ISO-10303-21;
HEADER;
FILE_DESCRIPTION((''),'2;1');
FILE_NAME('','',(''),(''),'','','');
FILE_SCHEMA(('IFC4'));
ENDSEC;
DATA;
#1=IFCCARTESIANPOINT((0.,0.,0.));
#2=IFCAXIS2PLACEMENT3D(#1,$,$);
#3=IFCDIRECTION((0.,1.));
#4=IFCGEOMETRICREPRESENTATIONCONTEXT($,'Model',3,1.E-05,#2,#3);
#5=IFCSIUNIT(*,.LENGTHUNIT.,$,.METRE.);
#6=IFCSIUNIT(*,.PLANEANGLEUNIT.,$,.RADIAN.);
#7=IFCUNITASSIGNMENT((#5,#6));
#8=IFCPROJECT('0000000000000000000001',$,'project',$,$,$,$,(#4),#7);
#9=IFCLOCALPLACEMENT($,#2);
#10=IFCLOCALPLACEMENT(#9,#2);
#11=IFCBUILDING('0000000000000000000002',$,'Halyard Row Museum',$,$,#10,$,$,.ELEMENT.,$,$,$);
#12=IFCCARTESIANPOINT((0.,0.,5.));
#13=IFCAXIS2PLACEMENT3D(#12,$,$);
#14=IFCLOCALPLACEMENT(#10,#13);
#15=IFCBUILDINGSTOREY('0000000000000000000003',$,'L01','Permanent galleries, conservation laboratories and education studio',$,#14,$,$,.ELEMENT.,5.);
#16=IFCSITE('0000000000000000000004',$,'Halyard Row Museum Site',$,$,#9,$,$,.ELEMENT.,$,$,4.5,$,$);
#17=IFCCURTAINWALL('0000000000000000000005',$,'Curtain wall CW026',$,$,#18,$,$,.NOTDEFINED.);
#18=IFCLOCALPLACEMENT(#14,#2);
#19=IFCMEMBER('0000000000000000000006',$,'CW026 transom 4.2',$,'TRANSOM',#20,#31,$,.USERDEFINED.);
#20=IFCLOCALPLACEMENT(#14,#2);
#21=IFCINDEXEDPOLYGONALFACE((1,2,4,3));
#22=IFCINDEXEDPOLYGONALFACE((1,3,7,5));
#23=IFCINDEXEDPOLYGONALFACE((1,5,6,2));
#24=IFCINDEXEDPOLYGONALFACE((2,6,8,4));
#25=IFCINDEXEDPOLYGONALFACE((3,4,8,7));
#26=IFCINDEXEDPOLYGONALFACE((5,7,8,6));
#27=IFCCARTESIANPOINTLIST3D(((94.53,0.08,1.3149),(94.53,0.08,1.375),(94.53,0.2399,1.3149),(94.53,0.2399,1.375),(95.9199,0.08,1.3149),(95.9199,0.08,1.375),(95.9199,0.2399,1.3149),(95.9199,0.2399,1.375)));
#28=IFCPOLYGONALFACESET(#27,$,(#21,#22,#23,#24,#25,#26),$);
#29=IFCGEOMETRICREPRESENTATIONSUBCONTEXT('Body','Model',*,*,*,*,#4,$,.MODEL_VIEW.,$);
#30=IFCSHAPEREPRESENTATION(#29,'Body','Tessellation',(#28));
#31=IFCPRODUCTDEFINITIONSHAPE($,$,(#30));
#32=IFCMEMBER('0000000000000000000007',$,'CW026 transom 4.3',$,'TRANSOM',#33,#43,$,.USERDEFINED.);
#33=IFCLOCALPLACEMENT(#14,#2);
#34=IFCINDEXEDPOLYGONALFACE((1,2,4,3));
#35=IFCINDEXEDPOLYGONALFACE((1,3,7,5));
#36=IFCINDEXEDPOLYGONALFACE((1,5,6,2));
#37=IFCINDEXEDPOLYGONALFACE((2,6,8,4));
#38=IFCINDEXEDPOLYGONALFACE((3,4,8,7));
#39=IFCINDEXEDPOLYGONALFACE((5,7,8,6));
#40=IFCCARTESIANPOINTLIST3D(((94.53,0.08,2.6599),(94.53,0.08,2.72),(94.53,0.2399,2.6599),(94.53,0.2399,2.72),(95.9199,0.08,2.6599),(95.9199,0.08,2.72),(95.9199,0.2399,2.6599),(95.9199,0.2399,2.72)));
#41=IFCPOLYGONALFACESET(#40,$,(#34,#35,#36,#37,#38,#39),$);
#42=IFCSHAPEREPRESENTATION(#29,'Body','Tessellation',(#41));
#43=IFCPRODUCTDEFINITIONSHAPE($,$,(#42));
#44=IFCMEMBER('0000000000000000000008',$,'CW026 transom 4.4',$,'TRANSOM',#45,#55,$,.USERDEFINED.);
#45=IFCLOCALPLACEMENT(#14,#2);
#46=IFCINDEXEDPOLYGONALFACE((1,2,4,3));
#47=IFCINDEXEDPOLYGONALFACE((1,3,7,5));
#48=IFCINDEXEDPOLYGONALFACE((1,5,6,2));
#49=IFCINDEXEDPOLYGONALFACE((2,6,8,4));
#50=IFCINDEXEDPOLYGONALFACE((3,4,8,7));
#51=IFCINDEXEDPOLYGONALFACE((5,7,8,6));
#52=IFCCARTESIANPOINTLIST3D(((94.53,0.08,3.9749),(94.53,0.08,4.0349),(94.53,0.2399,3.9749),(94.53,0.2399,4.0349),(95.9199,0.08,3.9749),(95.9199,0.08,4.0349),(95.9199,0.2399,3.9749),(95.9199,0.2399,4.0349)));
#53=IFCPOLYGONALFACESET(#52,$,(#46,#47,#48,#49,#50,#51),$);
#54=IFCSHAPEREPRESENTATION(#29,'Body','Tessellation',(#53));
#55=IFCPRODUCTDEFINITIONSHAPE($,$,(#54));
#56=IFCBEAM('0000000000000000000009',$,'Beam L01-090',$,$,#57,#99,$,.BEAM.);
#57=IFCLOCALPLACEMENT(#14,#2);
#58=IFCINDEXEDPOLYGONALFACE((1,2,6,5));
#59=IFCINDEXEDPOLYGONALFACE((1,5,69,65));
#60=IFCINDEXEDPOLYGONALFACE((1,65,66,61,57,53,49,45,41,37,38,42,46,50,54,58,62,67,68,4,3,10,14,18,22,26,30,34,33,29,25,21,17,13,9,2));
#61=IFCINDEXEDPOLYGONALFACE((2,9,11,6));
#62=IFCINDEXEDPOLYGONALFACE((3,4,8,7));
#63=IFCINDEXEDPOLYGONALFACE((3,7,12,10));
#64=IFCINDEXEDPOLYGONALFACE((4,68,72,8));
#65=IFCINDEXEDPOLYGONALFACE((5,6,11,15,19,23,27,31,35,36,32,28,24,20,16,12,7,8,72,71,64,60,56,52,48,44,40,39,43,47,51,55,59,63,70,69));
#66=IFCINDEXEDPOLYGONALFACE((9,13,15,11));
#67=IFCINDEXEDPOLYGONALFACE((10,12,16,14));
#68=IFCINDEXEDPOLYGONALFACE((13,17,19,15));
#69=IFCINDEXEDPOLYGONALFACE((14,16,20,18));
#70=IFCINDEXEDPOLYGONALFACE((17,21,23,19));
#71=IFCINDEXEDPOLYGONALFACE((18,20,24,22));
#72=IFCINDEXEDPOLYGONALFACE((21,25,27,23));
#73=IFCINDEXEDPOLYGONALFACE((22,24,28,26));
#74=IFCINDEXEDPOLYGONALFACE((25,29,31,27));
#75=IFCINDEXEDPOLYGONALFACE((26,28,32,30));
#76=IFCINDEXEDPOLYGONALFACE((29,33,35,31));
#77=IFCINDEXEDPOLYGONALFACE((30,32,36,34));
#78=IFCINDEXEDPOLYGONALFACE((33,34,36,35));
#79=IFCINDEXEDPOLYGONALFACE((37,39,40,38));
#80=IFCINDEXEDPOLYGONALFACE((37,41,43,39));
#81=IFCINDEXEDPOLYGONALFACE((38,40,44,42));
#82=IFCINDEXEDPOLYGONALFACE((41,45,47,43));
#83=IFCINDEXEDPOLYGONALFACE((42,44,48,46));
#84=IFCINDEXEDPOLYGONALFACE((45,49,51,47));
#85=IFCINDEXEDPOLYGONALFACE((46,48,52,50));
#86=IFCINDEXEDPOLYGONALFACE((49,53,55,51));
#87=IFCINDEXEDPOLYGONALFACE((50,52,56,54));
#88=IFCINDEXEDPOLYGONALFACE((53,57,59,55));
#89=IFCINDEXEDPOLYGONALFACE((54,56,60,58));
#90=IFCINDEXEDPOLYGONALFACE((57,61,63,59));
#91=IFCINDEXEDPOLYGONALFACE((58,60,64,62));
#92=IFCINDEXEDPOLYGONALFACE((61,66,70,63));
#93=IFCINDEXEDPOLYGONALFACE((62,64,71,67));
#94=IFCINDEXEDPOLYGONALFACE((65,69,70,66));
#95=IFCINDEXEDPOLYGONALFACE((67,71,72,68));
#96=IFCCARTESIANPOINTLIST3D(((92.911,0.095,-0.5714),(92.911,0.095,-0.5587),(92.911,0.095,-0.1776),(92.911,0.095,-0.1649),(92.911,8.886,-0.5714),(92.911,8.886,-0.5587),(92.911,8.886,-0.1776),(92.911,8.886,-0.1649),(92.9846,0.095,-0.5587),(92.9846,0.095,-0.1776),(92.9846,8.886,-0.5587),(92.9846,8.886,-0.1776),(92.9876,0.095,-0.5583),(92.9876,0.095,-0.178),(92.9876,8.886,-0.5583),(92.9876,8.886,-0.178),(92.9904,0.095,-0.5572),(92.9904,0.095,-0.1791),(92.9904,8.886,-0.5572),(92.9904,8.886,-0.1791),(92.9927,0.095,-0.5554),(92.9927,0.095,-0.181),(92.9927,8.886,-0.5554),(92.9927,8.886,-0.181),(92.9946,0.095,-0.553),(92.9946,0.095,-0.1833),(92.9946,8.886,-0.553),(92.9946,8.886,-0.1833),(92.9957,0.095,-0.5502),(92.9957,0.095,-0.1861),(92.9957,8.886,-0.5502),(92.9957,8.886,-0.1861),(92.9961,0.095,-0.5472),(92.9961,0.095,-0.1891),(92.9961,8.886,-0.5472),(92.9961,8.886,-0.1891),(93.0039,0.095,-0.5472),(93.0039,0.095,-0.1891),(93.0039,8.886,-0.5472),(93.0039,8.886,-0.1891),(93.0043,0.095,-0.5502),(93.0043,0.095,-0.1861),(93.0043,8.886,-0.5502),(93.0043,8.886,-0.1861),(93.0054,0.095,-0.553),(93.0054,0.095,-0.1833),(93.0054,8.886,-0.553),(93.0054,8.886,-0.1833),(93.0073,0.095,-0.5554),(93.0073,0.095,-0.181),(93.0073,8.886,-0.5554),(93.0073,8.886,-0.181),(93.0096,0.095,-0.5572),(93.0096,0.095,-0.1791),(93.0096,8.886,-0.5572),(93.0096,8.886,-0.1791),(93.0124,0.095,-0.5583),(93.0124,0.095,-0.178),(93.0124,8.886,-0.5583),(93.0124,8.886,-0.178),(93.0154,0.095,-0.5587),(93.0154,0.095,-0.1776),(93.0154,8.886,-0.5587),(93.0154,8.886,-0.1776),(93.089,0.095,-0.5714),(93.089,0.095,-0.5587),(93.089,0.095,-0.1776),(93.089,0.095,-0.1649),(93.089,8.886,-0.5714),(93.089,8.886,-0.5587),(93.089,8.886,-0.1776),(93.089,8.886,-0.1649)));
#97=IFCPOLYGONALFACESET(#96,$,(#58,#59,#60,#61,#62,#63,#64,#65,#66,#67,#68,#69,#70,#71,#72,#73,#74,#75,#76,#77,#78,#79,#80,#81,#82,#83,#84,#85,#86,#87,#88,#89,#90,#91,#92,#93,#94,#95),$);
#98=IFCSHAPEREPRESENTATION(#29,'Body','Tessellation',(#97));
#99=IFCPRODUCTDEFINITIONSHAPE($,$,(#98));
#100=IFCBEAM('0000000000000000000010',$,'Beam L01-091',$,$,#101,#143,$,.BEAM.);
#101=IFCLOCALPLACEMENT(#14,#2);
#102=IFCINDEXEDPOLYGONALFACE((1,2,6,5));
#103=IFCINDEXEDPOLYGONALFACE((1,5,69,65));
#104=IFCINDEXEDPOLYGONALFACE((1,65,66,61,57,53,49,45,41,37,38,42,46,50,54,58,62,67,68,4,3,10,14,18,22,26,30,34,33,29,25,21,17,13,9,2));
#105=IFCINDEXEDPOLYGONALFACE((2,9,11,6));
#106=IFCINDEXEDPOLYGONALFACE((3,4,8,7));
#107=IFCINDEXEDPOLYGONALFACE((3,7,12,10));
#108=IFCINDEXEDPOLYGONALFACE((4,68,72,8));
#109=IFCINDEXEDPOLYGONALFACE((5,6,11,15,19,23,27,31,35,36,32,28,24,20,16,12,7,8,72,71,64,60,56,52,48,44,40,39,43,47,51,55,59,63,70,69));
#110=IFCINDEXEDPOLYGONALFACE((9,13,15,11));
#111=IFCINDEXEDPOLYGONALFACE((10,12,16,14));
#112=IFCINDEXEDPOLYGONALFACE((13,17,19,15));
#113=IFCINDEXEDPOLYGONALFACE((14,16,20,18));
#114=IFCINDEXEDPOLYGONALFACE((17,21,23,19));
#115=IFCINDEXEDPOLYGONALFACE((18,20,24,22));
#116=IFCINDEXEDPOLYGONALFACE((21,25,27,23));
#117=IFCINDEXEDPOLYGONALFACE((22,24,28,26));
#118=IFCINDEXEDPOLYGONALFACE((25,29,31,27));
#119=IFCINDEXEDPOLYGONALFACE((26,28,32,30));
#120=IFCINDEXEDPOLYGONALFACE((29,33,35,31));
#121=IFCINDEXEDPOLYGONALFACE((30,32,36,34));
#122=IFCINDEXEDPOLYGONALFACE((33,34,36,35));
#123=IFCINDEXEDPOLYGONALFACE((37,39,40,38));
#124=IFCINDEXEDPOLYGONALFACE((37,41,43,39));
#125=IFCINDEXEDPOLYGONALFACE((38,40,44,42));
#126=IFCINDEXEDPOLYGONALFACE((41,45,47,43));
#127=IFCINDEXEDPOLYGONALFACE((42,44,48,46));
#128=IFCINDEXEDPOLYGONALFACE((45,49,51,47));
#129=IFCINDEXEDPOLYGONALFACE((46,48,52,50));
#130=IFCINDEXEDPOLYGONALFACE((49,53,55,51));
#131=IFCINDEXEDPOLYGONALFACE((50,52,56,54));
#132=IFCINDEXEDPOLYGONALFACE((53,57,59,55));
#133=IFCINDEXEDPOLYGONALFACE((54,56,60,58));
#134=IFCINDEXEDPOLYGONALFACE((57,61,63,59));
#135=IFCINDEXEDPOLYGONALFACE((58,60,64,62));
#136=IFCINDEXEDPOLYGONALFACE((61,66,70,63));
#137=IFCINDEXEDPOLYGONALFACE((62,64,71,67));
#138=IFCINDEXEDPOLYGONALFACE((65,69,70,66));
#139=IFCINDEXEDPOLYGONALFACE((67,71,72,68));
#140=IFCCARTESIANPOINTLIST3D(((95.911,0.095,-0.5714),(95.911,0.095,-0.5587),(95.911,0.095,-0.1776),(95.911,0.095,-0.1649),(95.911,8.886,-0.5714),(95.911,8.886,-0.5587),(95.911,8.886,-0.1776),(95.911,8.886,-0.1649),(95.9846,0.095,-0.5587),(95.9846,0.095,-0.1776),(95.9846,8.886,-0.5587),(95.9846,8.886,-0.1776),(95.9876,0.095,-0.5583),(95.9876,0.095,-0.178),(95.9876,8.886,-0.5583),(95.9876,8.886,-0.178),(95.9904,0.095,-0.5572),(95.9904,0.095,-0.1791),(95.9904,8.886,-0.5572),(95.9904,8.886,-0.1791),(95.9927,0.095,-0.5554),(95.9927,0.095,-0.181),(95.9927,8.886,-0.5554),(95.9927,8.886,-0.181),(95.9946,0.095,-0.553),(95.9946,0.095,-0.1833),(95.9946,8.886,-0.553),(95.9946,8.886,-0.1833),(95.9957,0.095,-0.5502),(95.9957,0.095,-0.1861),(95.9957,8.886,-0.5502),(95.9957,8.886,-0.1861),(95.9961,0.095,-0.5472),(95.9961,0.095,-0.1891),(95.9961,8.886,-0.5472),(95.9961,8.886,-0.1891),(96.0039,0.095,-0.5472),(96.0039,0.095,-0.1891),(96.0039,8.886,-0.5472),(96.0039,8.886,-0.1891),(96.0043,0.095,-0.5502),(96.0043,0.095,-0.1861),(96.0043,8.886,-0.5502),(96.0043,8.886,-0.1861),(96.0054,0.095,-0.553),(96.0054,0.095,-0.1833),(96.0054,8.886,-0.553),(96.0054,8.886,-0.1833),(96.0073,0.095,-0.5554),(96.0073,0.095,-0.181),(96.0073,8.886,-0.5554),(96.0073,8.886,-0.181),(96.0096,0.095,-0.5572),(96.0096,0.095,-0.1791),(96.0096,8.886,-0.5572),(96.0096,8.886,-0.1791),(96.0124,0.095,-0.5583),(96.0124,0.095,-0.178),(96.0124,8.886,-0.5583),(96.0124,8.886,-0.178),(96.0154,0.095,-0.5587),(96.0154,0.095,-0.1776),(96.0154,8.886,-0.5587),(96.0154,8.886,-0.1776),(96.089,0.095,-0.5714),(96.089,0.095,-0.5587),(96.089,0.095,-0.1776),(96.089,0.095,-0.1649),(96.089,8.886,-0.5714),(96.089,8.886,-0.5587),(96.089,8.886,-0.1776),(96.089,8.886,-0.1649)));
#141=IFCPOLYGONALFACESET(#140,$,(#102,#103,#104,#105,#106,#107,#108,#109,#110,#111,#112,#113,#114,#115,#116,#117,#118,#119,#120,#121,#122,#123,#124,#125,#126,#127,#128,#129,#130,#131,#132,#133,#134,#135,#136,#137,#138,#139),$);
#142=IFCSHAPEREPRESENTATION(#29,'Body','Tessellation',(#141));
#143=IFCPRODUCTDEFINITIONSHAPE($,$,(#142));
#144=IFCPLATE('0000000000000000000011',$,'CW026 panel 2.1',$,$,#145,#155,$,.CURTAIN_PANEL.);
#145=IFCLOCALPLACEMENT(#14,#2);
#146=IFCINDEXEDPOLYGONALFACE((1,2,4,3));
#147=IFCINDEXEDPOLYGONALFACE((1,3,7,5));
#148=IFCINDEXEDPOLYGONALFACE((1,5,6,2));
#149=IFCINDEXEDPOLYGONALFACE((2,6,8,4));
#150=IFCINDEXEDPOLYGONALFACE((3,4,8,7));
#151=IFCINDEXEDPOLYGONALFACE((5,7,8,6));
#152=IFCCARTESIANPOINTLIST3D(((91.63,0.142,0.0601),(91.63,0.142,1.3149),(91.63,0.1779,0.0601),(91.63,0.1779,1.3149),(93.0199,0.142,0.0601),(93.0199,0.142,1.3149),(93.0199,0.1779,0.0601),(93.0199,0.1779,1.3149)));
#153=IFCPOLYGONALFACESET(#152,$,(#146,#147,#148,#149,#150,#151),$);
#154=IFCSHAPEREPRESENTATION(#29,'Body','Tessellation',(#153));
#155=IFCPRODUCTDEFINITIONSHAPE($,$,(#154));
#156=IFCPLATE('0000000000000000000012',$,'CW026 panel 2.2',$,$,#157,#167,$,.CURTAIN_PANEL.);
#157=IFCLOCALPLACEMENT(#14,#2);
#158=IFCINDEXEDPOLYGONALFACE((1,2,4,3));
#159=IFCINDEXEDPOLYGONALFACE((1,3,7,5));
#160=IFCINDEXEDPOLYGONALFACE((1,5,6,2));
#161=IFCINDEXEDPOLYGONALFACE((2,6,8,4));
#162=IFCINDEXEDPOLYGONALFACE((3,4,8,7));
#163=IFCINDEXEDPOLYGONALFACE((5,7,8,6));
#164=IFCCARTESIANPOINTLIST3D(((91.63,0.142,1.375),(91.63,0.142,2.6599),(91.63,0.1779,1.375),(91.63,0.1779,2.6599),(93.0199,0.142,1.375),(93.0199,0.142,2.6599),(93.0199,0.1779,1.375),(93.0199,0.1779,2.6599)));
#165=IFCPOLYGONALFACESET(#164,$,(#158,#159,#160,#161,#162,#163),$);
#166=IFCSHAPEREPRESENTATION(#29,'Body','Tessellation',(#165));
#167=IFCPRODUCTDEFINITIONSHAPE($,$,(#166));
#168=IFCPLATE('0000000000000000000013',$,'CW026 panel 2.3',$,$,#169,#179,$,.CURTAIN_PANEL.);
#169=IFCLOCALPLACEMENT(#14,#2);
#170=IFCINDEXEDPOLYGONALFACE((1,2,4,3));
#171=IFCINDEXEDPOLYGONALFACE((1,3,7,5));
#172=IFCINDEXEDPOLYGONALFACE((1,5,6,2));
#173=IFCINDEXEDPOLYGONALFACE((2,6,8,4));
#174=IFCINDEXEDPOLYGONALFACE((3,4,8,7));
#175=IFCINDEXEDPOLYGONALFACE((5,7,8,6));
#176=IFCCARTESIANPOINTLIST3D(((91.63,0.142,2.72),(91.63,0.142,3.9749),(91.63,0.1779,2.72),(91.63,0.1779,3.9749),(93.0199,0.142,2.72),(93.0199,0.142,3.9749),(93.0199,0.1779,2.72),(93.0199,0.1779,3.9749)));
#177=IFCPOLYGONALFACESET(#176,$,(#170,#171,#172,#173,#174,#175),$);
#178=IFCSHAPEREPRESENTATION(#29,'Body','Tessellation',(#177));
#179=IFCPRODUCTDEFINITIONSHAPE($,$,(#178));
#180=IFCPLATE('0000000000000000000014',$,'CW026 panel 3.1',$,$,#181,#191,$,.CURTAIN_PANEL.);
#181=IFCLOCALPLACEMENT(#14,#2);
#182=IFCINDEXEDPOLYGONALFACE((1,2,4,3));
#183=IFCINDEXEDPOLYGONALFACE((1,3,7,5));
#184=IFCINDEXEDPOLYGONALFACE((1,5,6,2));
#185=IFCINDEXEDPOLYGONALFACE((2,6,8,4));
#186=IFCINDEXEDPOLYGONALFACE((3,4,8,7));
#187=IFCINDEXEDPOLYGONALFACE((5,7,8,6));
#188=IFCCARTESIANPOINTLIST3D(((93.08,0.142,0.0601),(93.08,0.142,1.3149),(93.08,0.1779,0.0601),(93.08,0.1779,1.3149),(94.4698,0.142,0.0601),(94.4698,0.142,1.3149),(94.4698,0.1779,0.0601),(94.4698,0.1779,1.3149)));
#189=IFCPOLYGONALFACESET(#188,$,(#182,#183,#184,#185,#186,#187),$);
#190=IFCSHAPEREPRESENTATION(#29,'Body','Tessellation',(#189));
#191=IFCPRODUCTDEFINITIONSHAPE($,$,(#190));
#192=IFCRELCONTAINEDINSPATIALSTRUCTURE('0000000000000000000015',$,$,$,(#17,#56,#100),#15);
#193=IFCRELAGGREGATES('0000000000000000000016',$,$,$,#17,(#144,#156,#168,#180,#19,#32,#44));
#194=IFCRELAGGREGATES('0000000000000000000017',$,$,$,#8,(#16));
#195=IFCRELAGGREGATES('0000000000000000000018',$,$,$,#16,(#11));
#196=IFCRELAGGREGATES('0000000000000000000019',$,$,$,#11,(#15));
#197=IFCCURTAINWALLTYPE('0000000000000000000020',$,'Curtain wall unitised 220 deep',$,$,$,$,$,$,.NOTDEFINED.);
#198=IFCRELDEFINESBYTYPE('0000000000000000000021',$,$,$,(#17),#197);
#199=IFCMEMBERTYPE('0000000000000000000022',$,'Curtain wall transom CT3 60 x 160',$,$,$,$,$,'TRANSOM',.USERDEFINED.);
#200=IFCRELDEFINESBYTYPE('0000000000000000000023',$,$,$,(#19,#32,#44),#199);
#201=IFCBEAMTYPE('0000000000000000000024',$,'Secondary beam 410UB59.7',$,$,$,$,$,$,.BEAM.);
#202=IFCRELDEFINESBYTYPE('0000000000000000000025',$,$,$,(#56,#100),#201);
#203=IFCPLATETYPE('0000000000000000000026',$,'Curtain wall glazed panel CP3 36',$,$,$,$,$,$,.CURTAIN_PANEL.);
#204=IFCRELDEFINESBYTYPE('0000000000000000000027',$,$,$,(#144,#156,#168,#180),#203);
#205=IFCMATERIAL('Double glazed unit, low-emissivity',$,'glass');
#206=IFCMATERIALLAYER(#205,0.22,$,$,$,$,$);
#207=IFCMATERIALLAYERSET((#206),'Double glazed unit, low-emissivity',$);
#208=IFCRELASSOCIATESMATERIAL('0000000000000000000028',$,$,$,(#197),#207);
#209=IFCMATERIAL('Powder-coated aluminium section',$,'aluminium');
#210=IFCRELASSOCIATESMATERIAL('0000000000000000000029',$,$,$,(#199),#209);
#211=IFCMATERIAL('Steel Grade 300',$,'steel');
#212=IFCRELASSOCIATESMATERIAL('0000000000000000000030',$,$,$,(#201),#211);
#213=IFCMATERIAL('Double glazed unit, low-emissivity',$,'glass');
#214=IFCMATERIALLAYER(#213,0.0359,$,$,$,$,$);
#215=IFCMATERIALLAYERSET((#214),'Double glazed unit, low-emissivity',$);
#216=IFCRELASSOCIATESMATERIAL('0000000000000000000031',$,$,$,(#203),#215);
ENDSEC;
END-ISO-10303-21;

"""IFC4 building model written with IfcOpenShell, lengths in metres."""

from ifc_helpers import new_model, si_unit, direction, frame, origin, origin_2d, place, context, subcontext, project, spatial, rectangle, i_section, extrude, material, layer, layer_set, material_profile, profile_set, type_object, element, aggregate, save


model = new_model("IFC4")

# Units and contexts
model_context = context("Model", 3, precision=1e-05, world=origin(), true_north=direction((0.0, 1.0)))
body_context = subcontext(model_context, "Body", "Model", "MODEL_VIEW")
ifc_project = project(units=[si_unit("LENGTHUNIT", "METRE"), si_unit("PLANEANGLEUNIT", "RADIAN")], contexts=[model_context])

# Site, building, storey
site_placement = place(None, origin())
site = spatial("IfcSite", under=ifc_project, at=site_placement, Name="Halyard Row Museum Site", CompositionType="ELEMENT", RefElevation=4.5)
building_placement = place(site_placement, origin())
building = spatial("IfcBuilding", under=site, at=building_placement, Name="Halyard Row Museum", CompositionType="ELEMENT")
storey_placement = place(building_placement, frame((0.0, 0.0, 5.0)))
storey = spatial("IfcBuildingStorey", under=building, at=storey_placement, Name="L01", Description="Permanent galleries, conservation laboratories and education studio", CompositionType="ELEMENT", Elevation=5.0)

# Curtain wall, members
ifc_material_1 = material(Name="Double glazed unit, low-emissivity", Category="glass")
ifc_layer_1 = layer(ifc_material_1, 0.22)
ifc_layer_set_1 = layer_set([ifc_layer_1], Name="Double glazed unit, low-emissivity")
curtain_wall_type = type_object("IfcCurtainWallType", Name="Curtain wall unitised 220 deep", PredefinedType="NOTDEFINED", material=ifc_layer_set_1)
curtain_wall_placement = place(storey_placement, origin())
curtain_wall = element("IfcCurtainWall", 1, at=curtain_wall_placement, inside=storey, type_object=curtain_wall_type, Name="Curtain wall CW026", PredefinedType="NOTDEFINED")
ifc_material_2 = material(Name="Powder-coated aluminium section", Category="aluminium")
ifc_material_profile_1 = material_profile(ifc_material_2, rectangle(XDim=0.1599, YDim=0.0601, at=origin_2d()), Name="160x60 transom")
ifc_profile_set_1 = profile_set([ifc_material_profile_1], Name="Powder-coated aluminium section")
member_type_1 = type_object("IfcMemberType", Name="Curtain wall transom CT3 60 x 160", ElementType="TRANSOM", PredefinedType="USERDEFINED", material=ifc_profile_set_1)
member_1_placement = place(storey_placement, frame((94.53, 0.1599, 1.345), z_axis=(1.0, 0.0, 0.0), x_axis=(0.0, 1.0, 0.0)))
member_1 = element("IfcMember", 2, at=member_1_placement, type_object=member_type_1, Name="CW026 transom 4.2", ObjectType="TRANSOM", PredefinedType="USERDEFINED", context=body_context, shape_type="SweptSolid", body=[
    extrude(rectangle(XDim=0.1599, YDim=0.0601, at=origin_2d()), origin(), (0.0, 0.0, 1.0), 1.3899),
])
member_2_placement = place(storey_placement, frame((94.53, 0.1599, 2.6899), z_axis=(1.0, 0.0, 0.0), x_axis=(0.0, 1.0, 0.0)))
member_2 = element("IfcMember", 3, at=member_2_placement, type_object=member_type_1, Name="CW026 transom 4.3", ObjectType="TRANSOM", PredefinedType="USERDEFINED", context=body_context, shape_type="SweptSolid", body=[
    extrude(rectangle(XDim=0.1599, YDim=0.0601, at=origin_2d()), origin(), (0.0, 0.0, 1.0), 1.3899),
])
member_3_placement = place(storey_placement, frame((94.53, 0.1599, 4.0049), z_axis=(1.0, 0.0, 0.0), x_axis=(0.0, 1.0, 0.0)))
member_3 = element("IfcMember", 4, at=member_3_placement, type_object=member_type_1, Name="CW026 transom 4.4", ObjectType="TRANSOM", PredefinedType="USERDEFINED", context=body_context, shape_type="SweptSolid", body=[
    extrude(rectangle(XDim=0.1599, YDim=0.0601, at=origin_2d()), origin(), (0.0, 0.0, 1.0), 1.3899),
])

# Beams
ifc_material_3 = material(Name="Steel Grade 300", Category="steel")
ifc_material_profile_2 = material_profile(ifc_material_3, i_section(OverallWidth=0.178, OverallDepth=0.4065, WebThickness=0.0078, FlangeThickness=0.0127, FilletRadius=0.0115, at=origin_2d()), Name="410UB59.7")
ifc_profile_set_2 = profile_set([ifc_material_profile_2], Name="Steel Grade 300")
beam_type = type_object("IfcBeamType", Name="Secondary beam 410UB59.7", PredefinedType="BEAM", material=ifc_profile_set_2)
for number, where, z_axis, x_axis, name in (
    (5, (93.0, 0.095, -0.3682), (0.0, 1.0, 0.0), (-1.0, 0.0, 0.0), "Beam L01-090"),
    (6, (96.0, 0.095, -0.3682), (0.0, 1.0, 0.0), (-1.0, 0.0, 0.0), "Beam L01-091"),
):
    element("IfcBeam", number, at=place(storey_placement, frame(where, z_axis=z_axis, x_axis=x_axis)), inside=storey, type_object=beam_type, Name=name, PredefinedType="BEAM", context=body_context, shape_type="SweptSolid", body=[
        extrude(i_section(OverallWidth=0.178, OverallDepth=0.4065, WebThickness=0.0078, FlangeThickness=0.0127, FilletRadius=0.0115, at=origin_2d()), origin(), (0.0, 0.0, 1.0), 8.791),
    ])

# Plates
ifc_material_4 = material(Name="Double glazed unit, low-emissivity", Category="glass")
ifc_layer_2 = layer(ifc_material_4, 0.0359)
ifc_layer_set_2 = layer_set([ifc_layer_2], Name="Double glazed unit, low-emissivity")
plate_type = type_object("IfcPlateType", Name="Curtain wall glazed panel CP3 36", PredefinedType="CURTAIN_PANEL", material=ifc_layer_set_2)
plate_1_placement = place(storey_placement, frame((92.325, 0.1599, 0.0601), z_axis=(0.0, 0.0, 1.0), x_axis=(1.0, 0.0, 0.0)))
plate_1 = element("IfcPlate", 7, at=plate_1_placement, type_object=plate_type, Name="CW026 panel 2.1", PredefinedType="CURTAIN_PANEL", context=body_context, shape_type="SweptSolid", body=[
    extrude(rectangle(XDim=1.3899, YDim=0.0359, at=origin_2d()), origin(), (0.0, 0.0, 1.0), 1.2549),
])
plate_2_placement = place(storey_placement, frame((92.325, 0.1599, 1.375), z_axis=(0.0, 0.0, 1.0), x_axis=(1.0, 0.0, 0.0)))
plate_2 = element("IfcPlate", 8, at=plate_2_placement, type_object=plate_type, Name="CW026 panel 2.2", PredefinedType="CURTAIN_PANEL", context=body_context, shape_type="SweptSolid", body=[
    extrude(rectangle(XDim=1.3899, YDim=0.0359, at=origin_2d()), origin(), (0.0, 0.0, 1.0), 1.2849),
])
plate_3_placement = place(storey_placement, frame((92.325, 0.1599, 2.72), z_axis=(0.0, 0.0, 1.0), x_axis=(1.0, 0.0, 0.0)))
plate_3 = element("IfcPlate", 9, at=plate_3_placement, type_object=plate_type, Name="CW026 panel 2.3", PredefinedType="CURTAIN_PANEL", context=body_context, shape_type="SweptSolid", body=[
    extrude(rectangle(XDim=1.3899, YDim=0.0359, at=origin_2d()), origin(), (0.0, 0.0, 1.0), 1.2549),
])
plate_4_placement = place(storey_placement, frame((93.7749, 0.1599, 0.0601), z_axis=(0.0, 0.0, 1.0), x_axis=(1.0, 0.0, 0.0)))
plate_4 = element("IfcPlate", 10, at=plate_4_placement, type_object=plate_type, Name="CW026 panel 3.1", PredefinedType="CURTAIN_PANEL", context=body_context, shape_type="SweptSolid", body=[
    extrude(rectangle(XDim=1.3899, YDim=0.0359, at=origin_2d()), origin(), (0.0, 0.0, 1.0), 1.2549),
])
aggregate(curtain_wall, [plate_1, plate_2, plate_3, plate_4, member_1, member_2, member_3])

save(model, "model.ifc")
